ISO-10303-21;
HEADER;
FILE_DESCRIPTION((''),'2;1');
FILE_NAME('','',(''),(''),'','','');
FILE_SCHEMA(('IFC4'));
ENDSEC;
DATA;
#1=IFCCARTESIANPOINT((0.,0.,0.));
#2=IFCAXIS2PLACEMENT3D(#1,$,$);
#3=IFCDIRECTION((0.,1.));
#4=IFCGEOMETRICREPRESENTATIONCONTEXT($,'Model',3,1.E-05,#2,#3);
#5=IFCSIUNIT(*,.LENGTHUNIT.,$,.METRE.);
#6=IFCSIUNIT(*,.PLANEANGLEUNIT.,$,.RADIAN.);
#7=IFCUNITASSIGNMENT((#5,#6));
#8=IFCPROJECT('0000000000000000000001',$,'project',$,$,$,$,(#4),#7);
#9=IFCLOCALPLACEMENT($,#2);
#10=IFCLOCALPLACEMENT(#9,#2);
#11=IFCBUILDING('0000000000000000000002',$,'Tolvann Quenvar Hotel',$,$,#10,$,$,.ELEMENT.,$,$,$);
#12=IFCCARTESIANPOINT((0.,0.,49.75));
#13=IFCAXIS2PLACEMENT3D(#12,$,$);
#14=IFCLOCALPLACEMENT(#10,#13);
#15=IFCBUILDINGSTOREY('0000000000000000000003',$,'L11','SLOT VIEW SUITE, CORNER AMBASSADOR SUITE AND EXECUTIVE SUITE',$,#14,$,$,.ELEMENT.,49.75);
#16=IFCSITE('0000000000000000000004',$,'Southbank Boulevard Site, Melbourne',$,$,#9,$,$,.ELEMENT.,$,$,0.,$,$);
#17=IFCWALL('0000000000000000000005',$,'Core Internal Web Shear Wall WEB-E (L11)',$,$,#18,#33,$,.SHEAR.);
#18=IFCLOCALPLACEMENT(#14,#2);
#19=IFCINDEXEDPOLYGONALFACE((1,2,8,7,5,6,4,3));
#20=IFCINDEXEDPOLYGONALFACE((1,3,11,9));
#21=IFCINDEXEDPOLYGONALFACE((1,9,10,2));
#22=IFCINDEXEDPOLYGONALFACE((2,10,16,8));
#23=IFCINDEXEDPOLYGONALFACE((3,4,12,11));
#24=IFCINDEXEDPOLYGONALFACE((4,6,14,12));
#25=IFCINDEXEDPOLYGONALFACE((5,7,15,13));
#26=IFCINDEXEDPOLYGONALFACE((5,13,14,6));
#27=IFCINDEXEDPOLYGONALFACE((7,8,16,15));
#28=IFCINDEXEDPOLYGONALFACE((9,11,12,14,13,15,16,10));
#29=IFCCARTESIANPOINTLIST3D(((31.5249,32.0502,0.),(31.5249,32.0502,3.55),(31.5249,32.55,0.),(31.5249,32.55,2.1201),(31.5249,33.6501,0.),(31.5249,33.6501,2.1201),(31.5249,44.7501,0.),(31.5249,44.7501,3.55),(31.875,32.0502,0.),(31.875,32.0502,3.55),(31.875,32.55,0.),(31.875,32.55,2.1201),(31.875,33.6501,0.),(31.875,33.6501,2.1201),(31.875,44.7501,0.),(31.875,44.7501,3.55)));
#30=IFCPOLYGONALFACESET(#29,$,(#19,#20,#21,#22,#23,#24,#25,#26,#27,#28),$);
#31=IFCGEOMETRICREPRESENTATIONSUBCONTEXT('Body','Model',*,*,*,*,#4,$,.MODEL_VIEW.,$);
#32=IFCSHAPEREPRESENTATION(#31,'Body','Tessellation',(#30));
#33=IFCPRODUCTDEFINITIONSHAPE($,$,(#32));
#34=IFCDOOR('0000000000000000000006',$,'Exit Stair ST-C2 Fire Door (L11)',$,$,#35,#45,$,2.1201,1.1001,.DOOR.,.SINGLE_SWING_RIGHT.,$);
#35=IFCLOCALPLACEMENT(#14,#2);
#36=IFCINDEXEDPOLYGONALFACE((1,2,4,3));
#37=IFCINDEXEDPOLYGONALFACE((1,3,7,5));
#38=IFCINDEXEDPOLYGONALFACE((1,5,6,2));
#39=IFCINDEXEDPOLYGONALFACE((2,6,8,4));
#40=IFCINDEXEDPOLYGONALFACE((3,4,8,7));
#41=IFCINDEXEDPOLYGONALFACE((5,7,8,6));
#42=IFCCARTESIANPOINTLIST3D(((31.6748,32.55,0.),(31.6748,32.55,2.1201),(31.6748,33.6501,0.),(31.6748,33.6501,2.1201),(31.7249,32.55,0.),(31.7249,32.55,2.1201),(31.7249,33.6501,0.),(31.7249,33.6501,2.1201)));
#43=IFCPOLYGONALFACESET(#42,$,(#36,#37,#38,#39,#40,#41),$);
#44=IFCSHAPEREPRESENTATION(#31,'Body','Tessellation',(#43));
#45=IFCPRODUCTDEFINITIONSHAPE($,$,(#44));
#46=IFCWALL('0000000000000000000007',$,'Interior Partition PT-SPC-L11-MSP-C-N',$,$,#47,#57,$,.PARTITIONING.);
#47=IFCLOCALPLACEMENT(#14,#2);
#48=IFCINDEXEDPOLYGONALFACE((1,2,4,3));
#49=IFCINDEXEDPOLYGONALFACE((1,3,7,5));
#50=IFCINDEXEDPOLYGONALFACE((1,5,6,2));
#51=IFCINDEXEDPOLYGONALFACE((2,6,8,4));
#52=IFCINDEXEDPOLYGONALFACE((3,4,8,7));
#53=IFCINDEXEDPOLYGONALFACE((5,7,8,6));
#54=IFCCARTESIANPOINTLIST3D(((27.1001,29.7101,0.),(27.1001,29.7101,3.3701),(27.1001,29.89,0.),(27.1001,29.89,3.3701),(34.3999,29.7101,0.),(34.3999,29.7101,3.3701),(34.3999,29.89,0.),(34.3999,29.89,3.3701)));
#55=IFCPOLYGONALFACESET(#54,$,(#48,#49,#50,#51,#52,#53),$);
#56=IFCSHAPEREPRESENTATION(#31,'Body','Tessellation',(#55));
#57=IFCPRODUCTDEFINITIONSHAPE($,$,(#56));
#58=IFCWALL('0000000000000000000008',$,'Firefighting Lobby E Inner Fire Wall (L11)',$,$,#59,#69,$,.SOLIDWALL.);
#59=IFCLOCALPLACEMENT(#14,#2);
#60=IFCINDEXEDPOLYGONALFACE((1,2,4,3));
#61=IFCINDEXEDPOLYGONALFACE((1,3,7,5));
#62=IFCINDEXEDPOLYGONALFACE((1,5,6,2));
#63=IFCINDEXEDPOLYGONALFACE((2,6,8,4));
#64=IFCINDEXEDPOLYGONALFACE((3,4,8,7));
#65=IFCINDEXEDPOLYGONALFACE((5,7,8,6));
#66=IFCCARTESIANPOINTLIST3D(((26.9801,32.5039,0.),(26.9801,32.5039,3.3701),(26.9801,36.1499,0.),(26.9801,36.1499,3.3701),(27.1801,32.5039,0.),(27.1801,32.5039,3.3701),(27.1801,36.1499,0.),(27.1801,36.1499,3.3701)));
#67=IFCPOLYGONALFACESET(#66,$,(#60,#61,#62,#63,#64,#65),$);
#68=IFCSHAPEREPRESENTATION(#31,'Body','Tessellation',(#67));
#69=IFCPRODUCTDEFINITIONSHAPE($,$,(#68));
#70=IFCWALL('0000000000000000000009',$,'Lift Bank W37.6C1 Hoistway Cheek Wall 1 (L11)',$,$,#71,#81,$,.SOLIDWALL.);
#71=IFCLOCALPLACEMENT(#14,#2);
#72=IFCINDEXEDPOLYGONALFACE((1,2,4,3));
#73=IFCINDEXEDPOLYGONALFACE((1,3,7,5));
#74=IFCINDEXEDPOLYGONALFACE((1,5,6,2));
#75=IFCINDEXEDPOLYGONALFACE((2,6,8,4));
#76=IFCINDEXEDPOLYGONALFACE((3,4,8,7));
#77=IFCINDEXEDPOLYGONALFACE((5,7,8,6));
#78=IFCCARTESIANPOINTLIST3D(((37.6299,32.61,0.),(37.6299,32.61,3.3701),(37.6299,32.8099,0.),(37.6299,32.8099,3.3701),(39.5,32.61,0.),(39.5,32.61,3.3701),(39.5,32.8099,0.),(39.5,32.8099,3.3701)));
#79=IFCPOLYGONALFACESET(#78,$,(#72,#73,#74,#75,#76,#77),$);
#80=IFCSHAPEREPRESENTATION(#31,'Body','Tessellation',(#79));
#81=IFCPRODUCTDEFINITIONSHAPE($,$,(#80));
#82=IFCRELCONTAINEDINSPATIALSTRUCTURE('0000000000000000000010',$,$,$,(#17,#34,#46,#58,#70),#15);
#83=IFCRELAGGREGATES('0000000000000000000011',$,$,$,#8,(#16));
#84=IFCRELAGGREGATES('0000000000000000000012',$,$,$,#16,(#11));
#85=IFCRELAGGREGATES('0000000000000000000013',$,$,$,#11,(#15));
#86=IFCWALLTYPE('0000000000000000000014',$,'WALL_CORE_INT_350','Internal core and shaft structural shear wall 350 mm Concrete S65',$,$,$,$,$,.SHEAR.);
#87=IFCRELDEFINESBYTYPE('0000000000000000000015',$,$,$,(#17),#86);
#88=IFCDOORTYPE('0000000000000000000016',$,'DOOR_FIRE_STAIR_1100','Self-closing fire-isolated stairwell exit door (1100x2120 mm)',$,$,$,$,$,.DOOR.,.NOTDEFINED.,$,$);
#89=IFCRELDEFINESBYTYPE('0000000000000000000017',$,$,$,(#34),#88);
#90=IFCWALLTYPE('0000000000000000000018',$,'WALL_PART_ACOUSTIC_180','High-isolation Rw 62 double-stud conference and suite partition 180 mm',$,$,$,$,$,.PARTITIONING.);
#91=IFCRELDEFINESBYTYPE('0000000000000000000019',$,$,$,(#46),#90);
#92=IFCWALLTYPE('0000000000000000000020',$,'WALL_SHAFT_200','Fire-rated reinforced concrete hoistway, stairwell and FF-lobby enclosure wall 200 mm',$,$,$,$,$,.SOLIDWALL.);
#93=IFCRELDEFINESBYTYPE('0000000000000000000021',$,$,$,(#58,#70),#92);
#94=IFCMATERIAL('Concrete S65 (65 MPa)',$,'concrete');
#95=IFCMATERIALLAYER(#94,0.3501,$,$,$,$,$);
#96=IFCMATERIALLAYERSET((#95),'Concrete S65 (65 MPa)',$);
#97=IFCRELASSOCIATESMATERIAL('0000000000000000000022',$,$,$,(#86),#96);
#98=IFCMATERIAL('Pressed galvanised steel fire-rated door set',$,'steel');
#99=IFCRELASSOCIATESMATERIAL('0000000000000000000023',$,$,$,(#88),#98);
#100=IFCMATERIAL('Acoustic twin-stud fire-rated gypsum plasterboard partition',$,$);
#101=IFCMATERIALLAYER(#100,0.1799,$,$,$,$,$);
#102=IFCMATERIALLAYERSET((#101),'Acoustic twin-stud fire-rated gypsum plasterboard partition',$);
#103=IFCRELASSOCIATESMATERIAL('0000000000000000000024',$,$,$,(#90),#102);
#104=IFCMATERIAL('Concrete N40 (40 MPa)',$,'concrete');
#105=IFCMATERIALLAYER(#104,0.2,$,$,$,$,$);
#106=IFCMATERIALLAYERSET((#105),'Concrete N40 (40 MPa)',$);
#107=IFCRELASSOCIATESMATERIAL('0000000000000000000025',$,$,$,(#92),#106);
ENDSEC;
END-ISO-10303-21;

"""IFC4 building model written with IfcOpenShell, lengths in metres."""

from ifc_helpers import new_model, si_unit, direction, frame, frame_2d, origin, place, context, subcontext, project, spatial, rectangle, extrude, source, transform, mapped, material, layer, layer_set, type_object, type_shapes, element, fill, save


model = new_model("IFC4")

# Units and contexts
model_context = context("Model", 3, precision=1e-05, world=origin(), true_north=direction((0.0, 1.0)))
body_context = subcontext(model_context, "Body", "Model", "MODEL_VIEW")
ifc_project = project(units=[si_unit("LENGTHUNIT", "METRE"), si_unit("PLANEANGLEUNIT", "RADIAN")], contexts=[model_context])

# Site, building, storey
site_placement = place(None, origin())
site = spatial("IfcSite", under=ifc_project, at=site_placement, Name="Southbank Boulevard Site, Melbourne", CompositionType="ELEMENT", RefElevation=0.0)
building_placement = place(site_placement, origin())
building = spatial("IfcBuilding", under=site, at=building_placement, Name="Tolvann Quenvar Hotel", CompositionType="ELEMENT")
storey_placement = place(building_placement, frame((0.0, 0.0, 49.75)))
storey = spatial("IfcBuildingStorey", under=building, at=storey_placement, Name="L11", Description="SLOT VIEW SUITE, CORNER AMBASSADOR SUITE AND EXECUTIVE SUITE", CompositionType="ELEMENT", Elevation=49.75)

# Shared definitions
ifc_material_1 = material(Name="Concrete S65 (65 MPa)", Category="concrete")

# Wall, opening, door
ifc_layer_1 = layer(ifc_material_1, 0.3501)
ifc_layer_set_1 = layer_set([ifc_layer_1], Name="Concrete S65 (65 MPa)")
wall_type_1 = type_object("IfcWallType", Name="WALL_CORE_INT_350", Description="Internal core and shaft structural shear wall 350 mm Concrete S65", PredefinedType="SHEAR", material=ifc_layer_set_1)
wall_1_placement = place(storey_placement, frame((31.7, 32.05, 0.0), z_axis=(0.0, 0.0, 1.0), x_axis=(0.0, 1.0, 0.0)))
wall_1 = element("IfcWall", 1, at=wall_1_placement, inside=storey, type_object=wall_type_1, Name="Core Internal Web Shear Wall WEB-E (L11)", PredefinedType="SHEAR", context=body_context, shape_type="SweptSolid", body=[
    extrude(rectangle(XDim=12.7, YDim=0.3501, at=frame_2d((6.3501, 0.0))), origin(), (0.0, 0.0, 1.0), 3.55),
])
opening_1_placement = place(wall_1_placement, frame((1.6001, 0.0, 0.0), z_axis=(0.0, 0.0, 1.0), x_axis=(-1.0, 0.0, 0.0)))
opening_1 = element("IfcOpeningElement", 2, at=opening_1_placement, cuts=wall_1, PredefinedType="OPENING", context=body_context, shape_type="SweptSolid", body=[
    extrude(rectangle(XDim=1.1001, YDim=2.1201, at=frame_2d((0.55, 1.0601))), frame((0.0, 0.1851, 0.0), z_axis=(0.0, -1.0, 0.0), x_axis=(1.0, 0.0, 0.0)), (0.0, 0.0, 1.0), 0.3701),
])
ifc_material_2 = material(Name="Pressed galvanised steel fire-rated door set", Category="steel")
door_type_1 = type_object("IfcDoorType", Name="DOOR_FIRE_STAIR_1100", Description="Self-closing fire-isolated stairwell exit door (1100x2120 mm)", OperationType="NOTDEFINED", PredefinedType="DOOR", material=ifc_material_2)
shared_shape_1 = source(origin(), body_context, "Body", "SweptSolid", [
    extrude(rectangle(XDim=1.1001, YDim=2.1201, at=frame_2d((0.55, 1.0601))), frame((0.0, 0.0249, 0.0), z_axis=(0.0, -1.0, 0.0), x_axis=(1.0, 0.0, 0.0)), (0.0, 0.0, 1.0), 0.05),
])
type_shapes(door_type_1, [shared_shape_1])
door_1_placement = place(opening_1_placement, origin())
door_1 = element("IfcDoor", 3, at=door_1_placement, inside=storey, type_object=door_type_1, Name="Exit Stair ST-C2 Fire Door (L11)", OperationType="SINGLE_SWING_RIGHT", OverallHeight=2.1201, OverallWidth=1.1001, PredefinedType="DOOR", context=body_context, shape_type="MappedRepresentation", body=[
    mapped(shared_shape_1, transform((0.0, 0.0, 0.0), x_axis=(1.0, 0.0, 0.0), y_axis=(0.0, 1.0, 0.0), z_axis=(0.0, 0.0, 1.0), scale=1.0)),
])
fill(opening_1, door_1)

# Walls
ifc_material_3 = material(Name="Acoustic twin-stud fire-rated gypsum plasterboard partition")
ifc_layer_2 = layer(ifc_material_3, 0.1799)
ifc_layer_set_2 = layer_set([ifc_layer_2], Name="Acoustic twin-stud fire-rated gypsum plasterboard partition")
wall_type_2 = type_object("IfcWallType", Name="WALL_PART_ACOUSTIC_180", Description="High-isolation Rw 62 double-stud conference and suite partition 180 mm", PredefinedType="PARTITIONING", material=ifc_layer_set_2)
wall_2_placement = place(storey_placement, frame((27.1001, 29.8, 0.0), z_axis=(0.0, 0.0, 1.0), x_axis=(1.0, 0.0, 0.0)))
element("IfcWall", 4, at=wall_2_placement, inside=storey, type_object=wall_type_2, Name="Interior Partition PT-SPC-L11-MSP-C-N", PredefinedType="PARTITIONING", context=body_context, shape_type="SweptSolid", body=[
    extrude(rectangle(XDim=7.2998, YDim=0.1799, at=frame_2d((3.6499, 0.0))), origin(), (0.0, 0.0, 1.0), 3.3701),
])
ifc_material_4 = material(Name="Concrete N40 (40 MPa)", Category="concrete")
ifc_layer_3 = layer(ifc_material_4, 0.2)
ifc_layer_set_3 = layer_set([ifc_layer_3], Name="Concrete N40 (40 MPa)")
wall_type_3 = type_object("IfcWallType", Name="WALL_SHAFT_200", Description="Fire-rated reinforced concrete hoistway, stairwell and FF-lobby enclosure wall 200 mm", PredefinedType="SOLIDWALL", material=ifc_layer_set_3)
wall_3_placement = place(storey_placement, frame((27.0801, 32.5039, 0.0), z_axis=(0.0, 0.0, 1.0), x_axis=(0.0, 1.0, 0.0)))
element("IfcWall", 5, at=wall_3_placement, inside=storey, type_object=wall_type_3, Name="Firefighting Lobby E Inner Fire Wall (L11)", PredefinedType="SOLIDWALL", context=body_context, shape_type="SweptSolid", body=[
    extrude(rectangle(XDim=3.646, YDim=0.2, at=frame_2d((1.823, 0.0))), origin(), (0.0, 0.0, 1.0), 3.3701),
])

# Wall
wall_4_placement = place(storey_placement, frame((37.6299, 32.71, 0.0), z_axis=(0.0, 0.0, 1.0), x_axis=(1.0, 0.0, 0.0)))
element("IfcWall", 6, at=wall_4_placement, inside=storey, type_object=wall_type_3, Name="Lift Bank W37.6C1 Hoistway Cheek Wall 1 (L11)", PredefinedType="SOLIDWALL", context=body_context, shape_type="SweptSolid", body=[
    extrude(rectangle(XDim=1.8701, YDim=0.2, at=frame_2d((0.9351, 0.0))), origin(), (0.0, 0.0, 1.0), 3.3701),
])

save(model, "model.ifc")
